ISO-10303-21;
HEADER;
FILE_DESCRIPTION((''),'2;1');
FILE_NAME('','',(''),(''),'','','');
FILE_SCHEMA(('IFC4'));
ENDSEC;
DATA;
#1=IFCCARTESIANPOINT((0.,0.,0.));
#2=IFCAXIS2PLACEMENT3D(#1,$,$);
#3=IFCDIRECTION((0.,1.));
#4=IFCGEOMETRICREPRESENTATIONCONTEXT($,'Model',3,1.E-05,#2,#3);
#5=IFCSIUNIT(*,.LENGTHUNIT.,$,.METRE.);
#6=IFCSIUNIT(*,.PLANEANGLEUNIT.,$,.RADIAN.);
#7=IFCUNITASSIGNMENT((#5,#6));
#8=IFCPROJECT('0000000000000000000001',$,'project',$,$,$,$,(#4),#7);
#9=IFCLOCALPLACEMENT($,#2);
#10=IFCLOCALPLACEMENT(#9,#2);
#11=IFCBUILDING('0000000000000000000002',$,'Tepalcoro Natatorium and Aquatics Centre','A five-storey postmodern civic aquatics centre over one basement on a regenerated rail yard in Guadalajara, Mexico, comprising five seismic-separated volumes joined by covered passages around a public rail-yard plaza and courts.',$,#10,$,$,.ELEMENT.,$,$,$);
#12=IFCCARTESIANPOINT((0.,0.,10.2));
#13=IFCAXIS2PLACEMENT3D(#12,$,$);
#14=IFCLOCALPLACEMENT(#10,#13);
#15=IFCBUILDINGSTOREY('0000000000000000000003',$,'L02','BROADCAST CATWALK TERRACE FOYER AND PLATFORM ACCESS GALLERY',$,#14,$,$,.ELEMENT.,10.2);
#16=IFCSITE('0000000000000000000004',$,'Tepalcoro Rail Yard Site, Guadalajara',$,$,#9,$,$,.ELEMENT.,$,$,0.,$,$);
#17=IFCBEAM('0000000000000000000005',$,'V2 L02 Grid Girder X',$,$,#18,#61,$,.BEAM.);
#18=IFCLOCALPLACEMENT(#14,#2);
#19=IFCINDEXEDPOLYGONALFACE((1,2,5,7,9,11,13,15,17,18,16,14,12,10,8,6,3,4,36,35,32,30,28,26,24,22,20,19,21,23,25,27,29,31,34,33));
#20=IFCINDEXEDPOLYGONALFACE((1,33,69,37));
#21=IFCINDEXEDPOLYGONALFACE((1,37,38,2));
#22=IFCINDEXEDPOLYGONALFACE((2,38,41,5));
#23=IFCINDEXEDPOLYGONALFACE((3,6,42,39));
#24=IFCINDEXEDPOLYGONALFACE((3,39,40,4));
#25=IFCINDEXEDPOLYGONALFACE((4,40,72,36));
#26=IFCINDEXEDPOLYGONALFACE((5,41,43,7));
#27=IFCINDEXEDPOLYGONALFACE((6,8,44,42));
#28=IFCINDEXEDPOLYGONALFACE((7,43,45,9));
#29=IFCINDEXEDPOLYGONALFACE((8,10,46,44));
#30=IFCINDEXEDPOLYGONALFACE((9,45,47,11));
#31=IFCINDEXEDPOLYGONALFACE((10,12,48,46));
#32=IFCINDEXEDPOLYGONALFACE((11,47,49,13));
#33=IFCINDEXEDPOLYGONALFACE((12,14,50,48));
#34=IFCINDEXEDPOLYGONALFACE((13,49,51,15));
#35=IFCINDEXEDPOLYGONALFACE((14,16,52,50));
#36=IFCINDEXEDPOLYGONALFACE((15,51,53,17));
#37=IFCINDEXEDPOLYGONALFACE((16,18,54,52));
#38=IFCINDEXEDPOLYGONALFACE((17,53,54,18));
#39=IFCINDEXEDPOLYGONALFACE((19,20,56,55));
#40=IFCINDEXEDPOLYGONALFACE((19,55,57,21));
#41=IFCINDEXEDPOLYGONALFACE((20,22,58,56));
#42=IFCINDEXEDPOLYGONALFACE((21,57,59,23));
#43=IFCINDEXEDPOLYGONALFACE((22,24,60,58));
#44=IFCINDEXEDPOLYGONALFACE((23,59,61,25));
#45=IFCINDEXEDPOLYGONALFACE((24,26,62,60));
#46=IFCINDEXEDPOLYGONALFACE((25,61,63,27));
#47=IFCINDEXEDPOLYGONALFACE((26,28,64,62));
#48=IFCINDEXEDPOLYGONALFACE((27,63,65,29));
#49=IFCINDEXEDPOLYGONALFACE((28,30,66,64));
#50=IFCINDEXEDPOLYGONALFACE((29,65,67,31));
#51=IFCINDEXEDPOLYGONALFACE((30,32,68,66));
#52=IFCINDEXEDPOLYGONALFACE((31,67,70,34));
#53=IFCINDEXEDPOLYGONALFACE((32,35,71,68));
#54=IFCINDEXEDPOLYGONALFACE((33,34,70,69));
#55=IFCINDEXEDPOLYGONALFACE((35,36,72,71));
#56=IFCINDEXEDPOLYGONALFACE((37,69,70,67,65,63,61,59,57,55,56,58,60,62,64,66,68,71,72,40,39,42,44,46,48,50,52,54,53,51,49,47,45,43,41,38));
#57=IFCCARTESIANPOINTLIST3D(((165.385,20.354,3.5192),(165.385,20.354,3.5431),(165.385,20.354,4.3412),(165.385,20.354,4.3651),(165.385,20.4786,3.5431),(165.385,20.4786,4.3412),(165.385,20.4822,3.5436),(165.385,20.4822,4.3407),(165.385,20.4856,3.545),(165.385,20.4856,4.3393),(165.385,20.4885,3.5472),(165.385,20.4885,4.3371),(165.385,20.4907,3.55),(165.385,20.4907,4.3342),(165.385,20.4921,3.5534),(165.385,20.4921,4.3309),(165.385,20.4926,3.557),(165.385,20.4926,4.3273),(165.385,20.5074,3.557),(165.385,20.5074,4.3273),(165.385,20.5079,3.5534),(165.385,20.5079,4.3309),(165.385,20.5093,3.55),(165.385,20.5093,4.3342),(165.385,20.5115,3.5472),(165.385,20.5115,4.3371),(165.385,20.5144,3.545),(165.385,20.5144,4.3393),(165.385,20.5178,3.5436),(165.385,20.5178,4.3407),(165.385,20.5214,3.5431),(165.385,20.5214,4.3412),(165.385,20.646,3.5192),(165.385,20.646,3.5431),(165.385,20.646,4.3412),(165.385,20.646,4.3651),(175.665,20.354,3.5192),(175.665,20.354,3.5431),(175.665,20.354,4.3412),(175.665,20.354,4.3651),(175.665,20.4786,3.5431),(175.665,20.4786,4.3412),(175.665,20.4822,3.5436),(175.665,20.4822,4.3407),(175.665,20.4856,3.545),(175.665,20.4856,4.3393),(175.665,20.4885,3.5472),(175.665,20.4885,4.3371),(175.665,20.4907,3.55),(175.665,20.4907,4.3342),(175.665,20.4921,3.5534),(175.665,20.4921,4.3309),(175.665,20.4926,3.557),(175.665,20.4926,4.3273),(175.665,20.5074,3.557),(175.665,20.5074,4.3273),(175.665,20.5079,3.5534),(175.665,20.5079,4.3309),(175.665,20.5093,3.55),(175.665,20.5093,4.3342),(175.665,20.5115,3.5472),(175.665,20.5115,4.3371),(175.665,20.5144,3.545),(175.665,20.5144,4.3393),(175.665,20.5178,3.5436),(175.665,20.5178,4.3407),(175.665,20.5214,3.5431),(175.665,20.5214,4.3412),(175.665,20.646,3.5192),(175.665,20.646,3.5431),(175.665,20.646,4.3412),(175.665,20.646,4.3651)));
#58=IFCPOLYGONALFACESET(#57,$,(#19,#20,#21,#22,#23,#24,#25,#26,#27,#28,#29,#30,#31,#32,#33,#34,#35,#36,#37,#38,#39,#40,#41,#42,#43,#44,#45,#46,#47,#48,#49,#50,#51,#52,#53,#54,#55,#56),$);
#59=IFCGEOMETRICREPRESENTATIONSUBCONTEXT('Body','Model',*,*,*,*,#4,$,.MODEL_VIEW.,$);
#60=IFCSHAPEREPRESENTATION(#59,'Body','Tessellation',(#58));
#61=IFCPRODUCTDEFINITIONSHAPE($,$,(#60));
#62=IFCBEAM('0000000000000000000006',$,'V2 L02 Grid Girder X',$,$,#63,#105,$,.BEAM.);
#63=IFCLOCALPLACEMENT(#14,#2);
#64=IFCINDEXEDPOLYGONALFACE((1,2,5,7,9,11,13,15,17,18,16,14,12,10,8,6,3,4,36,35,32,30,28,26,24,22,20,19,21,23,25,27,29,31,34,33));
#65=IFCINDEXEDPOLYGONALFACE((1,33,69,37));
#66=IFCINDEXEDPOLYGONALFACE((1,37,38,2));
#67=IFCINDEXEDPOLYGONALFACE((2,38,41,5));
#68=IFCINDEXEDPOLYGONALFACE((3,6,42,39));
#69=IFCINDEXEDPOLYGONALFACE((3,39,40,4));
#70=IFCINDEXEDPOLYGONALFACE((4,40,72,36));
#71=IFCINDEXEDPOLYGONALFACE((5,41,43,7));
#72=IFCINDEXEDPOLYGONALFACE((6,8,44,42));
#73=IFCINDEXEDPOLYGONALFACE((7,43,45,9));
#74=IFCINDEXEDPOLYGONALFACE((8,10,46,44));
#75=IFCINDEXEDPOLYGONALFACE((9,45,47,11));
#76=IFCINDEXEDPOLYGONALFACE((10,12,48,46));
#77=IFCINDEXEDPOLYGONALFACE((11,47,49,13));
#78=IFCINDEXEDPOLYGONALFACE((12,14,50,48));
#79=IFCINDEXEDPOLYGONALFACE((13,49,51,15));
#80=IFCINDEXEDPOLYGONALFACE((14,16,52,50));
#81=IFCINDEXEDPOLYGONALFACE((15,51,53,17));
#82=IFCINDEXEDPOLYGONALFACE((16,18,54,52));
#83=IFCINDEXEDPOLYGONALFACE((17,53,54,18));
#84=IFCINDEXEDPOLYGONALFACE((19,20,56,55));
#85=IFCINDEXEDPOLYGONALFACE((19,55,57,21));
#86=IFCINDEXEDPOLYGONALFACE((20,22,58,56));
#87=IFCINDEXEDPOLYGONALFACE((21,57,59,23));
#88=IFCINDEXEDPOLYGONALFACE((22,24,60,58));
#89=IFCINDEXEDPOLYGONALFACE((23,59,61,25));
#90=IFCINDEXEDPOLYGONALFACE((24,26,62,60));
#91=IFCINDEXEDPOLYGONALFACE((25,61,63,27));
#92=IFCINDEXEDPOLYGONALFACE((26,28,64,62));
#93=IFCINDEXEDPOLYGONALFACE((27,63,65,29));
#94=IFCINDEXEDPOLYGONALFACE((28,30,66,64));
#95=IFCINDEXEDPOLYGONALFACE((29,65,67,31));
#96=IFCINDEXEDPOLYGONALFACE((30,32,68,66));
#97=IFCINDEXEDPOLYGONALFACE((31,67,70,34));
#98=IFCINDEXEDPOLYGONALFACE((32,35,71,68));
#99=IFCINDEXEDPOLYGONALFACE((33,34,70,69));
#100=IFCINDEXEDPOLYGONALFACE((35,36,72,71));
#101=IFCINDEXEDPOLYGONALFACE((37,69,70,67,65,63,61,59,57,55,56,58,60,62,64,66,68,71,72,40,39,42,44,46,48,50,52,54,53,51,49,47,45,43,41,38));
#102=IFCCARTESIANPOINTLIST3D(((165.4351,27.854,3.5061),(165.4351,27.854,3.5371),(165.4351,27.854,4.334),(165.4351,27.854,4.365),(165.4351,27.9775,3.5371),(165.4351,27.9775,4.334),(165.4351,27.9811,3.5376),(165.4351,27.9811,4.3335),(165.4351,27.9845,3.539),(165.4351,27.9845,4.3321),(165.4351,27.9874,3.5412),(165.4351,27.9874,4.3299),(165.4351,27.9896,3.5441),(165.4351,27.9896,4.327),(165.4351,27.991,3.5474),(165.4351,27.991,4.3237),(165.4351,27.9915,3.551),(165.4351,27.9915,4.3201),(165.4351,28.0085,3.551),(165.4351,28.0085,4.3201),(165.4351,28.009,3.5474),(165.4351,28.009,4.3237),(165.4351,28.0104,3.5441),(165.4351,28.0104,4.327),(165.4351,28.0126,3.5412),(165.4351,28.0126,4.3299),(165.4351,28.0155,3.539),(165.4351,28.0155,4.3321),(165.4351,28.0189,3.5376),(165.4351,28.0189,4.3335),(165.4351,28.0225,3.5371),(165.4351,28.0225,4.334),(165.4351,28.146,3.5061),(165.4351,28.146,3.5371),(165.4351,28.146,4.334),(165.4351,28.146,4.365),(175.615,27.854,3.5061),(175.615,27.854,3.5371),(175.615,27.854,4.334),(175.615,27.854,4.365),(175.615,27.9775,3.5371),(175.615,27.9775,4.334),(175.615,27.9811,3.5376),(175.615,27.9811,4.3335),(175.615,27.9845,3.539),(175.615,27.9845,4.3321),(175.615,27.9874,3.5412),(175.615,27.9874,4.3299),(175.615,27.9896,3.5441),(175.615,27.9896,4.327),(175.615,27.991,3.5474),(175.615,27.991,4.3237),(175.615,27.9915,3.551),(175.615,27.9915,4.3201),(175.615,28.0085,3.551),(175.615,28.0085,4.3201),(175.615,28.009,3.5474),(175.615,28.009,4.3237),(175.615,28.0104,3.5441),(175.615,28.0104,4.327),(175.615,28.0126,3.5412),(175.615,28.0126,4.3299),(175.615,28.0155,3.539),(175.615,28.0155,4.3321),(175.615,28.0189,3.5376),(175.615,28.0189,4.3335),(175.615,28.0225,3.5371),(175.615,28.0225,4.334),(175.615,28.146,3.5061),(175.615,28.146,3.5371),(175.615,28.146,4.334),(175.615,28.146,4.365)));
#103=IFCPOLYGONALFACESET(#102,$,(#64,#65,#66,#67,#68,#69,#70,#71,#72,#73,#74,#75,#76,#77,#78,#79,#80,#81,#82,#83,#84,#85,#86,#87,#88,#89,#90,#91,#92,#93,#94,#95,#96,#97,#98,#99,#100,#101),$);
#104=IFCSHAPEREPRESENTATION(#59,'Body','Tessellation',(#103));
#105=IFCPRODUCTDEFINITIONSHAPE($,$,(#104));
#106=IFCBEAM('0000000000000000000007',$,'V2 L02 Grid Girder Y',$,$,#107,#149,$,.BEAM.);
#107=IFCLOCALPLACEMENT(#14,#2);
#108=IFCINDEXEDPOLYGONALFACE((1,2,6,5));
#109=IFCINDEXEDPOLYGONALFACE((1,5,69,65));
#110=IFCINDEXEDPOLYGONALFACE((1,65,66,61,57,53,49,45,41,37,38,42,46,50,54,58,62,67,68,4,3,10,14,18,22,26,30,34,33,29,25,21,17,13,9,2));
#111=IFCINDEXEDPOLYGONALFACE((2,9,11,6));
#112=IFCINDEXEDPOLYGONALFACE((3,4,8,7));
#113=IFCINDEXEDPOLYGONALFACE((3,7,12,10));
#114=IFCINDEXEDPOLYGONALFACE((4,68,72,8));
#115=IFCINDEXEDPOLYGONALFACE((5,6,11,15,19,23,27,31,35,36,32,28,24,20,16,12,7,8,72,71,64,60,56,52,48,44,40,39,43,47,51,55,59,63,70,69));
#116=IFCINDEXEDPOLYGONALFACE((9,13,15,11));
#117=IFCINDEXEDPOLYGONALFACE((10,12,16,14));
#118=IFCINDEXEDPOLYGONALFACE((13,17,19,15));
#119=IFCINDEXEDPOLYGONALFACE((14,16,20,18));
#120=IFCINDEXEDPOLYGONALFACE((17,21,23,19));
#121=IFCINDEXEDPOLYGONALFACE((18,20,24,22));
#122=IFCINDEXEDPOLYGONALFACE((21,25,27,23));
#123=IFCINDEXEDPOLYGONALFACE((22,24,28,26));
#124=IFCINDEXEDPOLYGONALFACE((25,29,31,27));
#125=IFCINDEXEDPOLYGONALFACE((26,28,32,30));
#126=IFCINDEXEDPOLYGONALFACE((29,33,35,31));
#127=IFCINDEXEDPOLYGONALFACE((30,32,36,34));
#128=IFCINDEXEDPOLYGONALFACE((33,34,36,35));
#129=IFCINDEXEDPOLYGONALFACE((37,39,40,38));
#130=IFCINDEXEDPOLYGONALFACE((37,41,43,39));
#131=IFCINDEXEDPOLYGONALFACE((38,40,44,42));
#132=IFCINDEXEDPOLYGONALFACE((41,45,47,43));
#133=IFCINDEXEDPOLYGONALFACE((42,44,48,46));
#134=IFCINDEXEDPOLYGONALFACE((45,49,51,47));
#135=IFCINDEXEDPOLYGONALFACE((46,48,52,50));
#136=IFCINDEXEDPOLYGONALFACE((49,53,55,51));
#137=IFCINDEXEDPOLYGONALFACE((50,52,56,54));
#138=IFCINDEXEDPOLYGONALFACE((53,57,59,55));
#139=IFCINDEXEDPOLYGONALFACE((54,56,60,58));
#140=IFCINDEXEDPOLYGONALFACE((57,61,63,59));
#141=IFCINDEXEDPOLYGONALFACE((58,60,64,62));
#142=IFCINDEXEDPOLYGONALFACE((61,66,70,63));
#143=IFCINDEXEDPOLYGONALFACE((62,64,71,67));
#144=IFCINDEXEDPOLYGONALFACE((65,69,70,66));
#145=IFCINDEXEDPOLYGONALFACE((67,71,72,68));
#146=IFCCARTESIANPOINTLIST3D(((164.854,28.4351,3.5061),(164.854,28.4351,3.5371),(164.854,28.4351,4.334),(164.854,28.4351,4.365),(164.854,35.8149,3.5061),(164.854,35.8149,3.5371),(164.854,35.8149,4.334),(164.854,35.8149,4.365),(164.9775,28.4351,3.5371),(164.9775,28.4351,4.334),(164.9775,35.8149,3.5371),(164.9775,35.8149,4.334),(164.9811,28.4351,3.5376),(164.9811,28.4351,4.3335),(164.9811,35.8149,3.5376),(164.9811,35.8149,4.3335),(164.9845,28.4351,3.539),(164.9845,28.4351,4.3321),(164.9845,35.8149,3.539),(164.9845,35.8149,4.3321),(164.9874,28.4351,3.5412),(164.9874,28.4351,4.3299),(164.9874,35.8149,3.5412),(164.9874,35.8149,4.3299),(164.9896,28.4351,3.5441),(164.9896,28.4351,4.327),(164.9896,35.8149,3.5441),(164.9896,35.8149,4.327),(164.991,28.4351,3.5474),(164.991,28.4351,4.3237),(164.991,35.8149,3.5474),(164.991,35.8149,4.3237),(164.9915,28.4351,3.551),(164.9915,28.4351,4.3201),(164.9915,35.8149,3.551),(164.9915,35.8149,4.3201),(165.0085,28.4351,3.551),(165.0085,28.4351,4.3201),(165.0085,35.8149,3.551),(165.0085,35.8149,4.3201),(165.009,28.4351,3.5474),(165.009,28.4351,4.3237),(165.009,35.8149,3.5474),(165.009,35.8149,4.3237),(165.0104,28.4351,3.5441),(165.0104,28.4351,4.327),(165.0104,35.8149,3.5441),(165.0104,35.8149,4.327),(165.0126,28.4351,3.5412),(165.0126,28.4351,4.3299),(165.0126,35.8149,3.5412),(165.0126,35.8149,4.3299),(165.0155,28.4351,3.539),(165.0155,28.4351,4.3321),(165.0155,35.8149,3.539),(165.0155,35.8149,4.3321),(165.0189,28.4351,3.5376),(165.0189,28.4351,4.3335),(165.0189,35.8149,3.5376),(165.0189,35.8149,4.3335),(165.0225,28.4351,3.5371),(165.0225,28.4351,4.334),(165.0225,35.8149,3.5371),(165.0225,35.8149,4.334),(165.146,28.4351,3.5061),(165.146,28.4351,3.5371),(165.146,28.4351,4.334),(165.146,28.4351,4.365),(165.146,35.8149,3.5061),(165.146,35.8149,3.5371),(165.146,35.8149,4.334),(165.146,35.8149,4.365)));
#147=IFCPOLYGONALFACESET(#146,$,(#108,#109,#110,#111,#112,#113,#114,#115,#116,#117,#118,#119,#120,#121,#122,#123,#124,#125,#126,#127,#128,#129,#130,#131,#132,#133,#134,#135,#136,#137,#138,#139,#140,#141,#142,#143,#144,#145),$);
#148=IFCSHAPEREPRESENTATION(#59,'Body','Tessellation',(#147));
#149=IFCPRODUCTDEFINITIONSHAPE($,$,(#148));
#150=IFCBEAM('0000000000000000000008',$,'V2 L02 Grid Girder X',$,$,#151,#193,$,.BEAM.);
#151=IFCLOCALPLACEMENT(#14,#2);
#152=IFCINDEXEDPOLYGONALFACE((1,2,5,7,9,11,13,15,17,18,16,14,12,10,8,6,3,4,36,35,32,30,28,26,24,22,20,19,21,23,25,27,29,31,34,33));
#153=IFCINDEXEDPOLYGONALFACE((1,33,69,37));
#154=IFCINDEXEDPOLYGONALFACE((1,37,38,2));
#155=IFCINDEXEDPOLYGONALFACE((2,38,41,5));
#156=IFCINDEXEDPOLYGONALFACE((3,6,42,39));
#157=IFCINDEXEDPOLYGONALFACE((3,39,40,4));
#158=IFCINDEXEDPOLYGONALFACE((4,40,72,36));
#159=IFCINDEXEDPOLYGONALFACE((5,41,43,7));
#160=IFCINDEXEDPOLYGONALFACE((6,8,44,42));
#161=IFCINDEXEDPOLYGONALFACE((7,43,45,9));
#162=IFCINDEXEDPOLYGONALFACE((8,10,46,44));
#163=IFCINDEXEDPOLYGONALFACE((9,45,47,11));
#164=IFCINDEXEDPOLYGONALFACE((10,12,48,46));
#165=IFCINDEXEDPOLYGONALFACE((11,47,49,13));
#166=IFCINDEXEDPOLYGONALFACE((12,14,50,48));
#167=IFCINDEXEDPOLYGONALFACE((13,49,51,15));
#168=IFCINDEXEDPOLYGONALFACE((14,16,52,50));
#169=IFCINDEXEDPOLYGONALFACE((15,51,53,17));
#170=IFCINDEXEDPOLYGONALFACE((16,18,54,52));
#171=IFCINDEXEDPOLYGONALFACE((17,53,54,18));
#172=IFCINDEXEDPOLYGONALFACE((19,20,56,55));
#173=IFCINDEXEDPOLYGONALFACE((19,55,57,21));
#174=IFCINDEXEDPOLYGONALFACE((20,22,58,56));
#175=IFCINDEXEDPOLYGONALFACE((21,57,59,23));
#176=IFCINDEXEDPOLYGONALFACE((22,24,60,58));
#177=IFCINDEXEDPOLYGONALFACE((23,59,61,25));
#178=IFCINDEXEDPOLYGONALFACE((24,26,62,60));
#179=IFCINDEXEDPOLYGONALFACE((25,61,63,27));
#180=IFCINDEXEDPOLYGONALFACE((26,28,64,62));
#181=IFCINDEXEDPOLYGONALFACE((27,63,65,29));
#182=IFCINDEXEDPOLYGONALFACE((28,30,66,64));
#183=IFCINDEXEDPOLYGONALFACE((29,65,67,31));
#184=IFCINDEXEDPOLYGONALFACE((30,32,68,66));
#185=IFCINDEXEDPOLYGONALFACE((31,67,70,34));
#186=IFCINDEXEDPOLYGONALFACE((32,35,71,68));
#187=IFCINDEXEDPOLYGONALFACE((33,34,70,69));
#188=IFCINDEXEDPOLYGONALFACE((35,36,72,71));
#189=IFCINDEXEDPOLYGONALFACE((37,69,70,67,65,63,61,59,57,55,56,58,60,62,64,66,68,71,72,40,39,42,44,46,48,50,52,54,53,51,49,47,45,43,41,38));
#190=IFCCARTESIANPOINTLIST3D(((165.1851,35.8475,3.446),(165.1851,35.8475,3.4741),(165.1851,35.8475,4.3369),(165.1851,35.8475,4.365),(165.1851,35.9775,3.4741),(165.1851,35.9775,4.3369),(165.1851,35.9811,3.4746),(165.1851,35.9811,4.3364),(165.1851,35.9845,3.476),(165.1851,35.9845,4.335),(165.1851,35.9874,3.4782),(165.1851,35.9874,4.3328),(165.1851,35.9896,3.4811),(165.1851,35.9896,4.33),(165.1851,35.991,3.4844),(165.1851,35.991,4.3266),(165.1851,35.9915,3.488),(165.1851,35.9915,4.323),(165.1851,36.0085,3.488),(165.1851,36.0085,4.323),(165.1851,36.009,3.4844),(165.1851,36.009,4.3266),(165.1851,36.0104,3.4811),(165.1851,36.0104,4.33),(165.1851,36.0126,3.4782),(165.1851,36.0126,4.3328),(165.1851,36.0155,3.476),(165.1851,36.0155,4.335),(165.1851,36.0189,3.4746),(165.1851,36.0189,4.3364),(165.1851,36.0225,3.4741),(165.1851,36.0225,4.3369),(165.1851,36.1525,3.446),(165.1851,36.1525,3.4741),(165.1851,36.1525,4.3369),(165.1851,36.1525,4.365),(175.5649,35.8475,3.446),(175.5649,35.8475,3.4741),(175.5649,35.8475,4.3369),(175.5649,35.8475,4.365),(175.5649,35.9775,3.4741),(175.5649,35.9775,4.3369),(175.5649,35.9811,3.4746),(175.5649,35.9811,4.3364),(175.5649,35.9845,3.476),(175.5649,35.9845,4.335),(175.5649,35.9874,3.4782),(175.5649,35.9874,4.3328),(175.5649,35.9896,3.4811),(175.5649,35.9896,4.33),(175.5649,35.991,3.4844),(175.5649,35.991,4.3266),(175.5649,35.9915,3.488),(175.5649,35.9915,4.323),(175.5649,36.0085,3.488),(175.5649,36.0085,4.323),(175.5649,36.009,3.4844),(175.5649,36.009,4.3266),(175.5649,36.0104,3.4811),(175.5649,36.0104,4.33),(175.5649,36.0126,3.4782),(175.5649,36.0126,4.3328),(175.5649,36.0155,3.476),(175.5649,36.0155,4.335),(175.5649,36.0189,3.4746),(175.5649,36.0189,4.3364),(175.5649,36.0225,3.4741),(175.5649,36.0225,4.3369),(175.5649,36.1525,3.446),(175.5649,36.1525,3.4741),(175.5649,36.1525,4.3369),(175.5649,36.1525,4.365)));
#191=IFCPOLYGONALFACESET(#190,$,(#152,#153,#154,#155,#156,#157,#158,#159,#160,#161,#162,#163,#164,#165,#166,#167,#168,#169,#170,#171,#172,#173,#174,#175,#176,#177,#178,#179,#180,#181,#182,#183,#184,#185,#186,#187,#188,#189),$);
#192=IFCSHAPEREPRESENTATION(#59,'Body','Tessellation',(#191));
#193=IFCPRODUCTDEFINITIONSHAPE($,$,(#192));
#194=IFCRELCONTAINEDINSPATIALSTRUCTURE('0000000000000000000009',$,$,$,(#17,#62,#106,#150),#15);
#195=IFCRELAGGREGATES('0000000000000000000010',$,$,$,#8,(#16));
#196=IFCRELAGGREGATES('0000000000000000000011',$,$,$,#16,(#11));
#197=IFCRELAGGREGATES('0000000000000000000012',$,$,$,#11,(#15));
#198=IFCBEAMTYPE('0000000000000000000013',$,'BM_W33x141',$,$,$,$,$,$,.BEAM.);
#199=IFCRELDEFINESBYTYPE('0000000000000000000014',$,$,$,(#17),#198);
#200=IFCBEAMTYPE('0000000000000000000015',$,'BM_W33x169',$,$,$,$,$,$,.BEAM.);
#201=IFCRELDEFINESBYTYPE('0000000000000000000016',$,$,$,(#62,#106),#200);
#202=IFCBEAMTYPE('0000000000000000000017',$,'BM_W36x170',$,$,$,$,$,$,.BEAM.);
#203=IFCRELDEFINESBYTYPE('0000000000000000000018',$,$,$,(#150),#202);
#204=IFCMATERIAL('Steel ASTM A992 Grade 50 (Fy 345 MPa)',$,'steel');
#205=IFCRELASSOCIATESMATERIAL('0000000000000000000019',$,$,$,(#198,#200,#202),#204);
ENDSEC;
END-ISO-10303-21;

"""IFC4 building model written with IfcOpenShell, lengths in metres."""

from ifc_helpers import new_model, si_unit, direction, frame, origin, origin_2d, place, context, subcontext, project, spatial, i_section, extrude, material, material_profile, profile_set, type_object, element, save


model = new_model("IFC4")

# Units and contexts
model_context = context("Model", 3, precision=1e-05, world=origin(), true_north=direction((0.0, 1.0)))
body_context = subcontext(model_context, "Body", "Model", "MODEL_VIEW")
ifc_project = project(units=[si_unit("LENGTHUNIT", "METRE"), si_unit("PLANEANGLEUNIT", "RADIAN")], contexts=[model_context])

# Site, building, storey
site_placement = place(None, origin())
site = spatial("IfcSite", under=ifc_project, at=site_placement, Name="Tepalcoro Rail Yard Site, Guadalajara", CompositionType="ELEMENT", RefElevation=0.0)
building_placement = place(site_placement, origin())
building = spatial("IfcBuilding", under=site, at=building_placement, Name="Tepalcoro Natatorium and Aquatics Centre", Description="A five-storey postmodern civic aquatics centre over one basement on a regenerated rail yard in Guadalajara, Mexico, comprising five seismic-separated volumes joined by covered passages around a public rail-yard plaza and courts.", CompositionType="ELEMENT")
storey_placement = place(building_placement, frame((0.0, 0.0, 10.2)))
storey = spatial("IfcBuildingStorey", under=building, at=storey_placement, Name="L02", Description="BROADCAST CATWALK TERRACE FOYER AND PLATFORM ACCESS GALLERY", CompositionType="ELEMENT", Elevation=10.2)

# Beams
ifc_material_1 = material(Name="Steel ASTM A992 Grade 50 (Fy 345 MPa)", Category="steel")
ifc_material_profile_1 = material_profile(ifc_material_1, i_section(OverallWidth=0.292, OverallDepth=0.8459, WebThickness=0.0149, FlangeThickness=0.0239, FilletRadius=0.0139, at=origin_2d()), Name="W33X141")
ifc_profile_set_1 = profile_set([ifc_material_profile_1], Name="Steel ASTM A992 Grade 50 (Fy 345 MPa)")
beam_type_1 = type_object("IfcBeamType", Name="BM_W33x141", PredefinedType="BEAM", material=ifc_profile_set_1)
beam_1_placement = place(storey_placement, frame((165.385, 20.5, 3.9421), z_axis=(1.0, 0.0, 0.0), x_axis=(0.0, 1.0, 0.0)))
element("IfcBeam", 1, at=beam_1_placement, inside=storey, type_object=beam_type_1, Name="V2 L02 Grid Girder X", PredefinedType="BEAM", context=body_context, shape_type="SweptSolid", body=[
    extrude(i_section(OverallWidth=0.292, OverallDepth=0.8459, WebThickness=0.0149, FlangeThickness=0.0239, FilletRadius=0.0139, at=origin_2d()), origin(), (0.0, 0.0, 1.0), 10.28),
])
ifc_material_profile_2 = material_profile(ifc_material_1, i_section(OverallWidth=0.292, OverallDepth=0.8589, WebThickness=0.0171, FlangeThickness=0.031, FilletRadius=0.0139, at=origin_2d()), Name="W33X169")
ifc_profile_set_2 = profile_set([ifc_material_profile_2], Name="Steel ASTM A992 Grade 50 (Fy 345 MPa)")
beam_type_2 = type_object("IfcBeamType", Name="BM_W33x169", PredefinedType="BEAM", material=ifc_profile_set_2)
beam_2_placement = place(storey_placement, frame((165.4351, 28.0, 3.9355), z_axis=(1.0, 0.0, 0.0), x_axis=(0.0, 1.0, 0.0)))
element("IfcBeam", 2, at=beam_2_placement, inside=storey, type_object=beam_type_2, Name="V2 L02 Grid Girder X", PredefinedType="BEAM", context=body_context, shape_type="SweptSolid", body=[
    extrude(i_section(OverallWidth=0.292, OverallDepth=0.8589, WebThickness=0.0171, FlangeThickness=0.031, FilletRadius=0.0139, at=origin_2d()), origin(), (0.0, 0.0, 1.0), 10.1799),
])
beam_3_placement = place(storey_placement, frame((165.0, 28.4351, 3.9355), z_axis=(0.0, 1.0, 0.0), x_axis=(-1.0, 0.0, 0.0)))
element("IfcBeam", 3, at=beam_3_placement, inside=storey, type_object=beam_type_2, Name="V2 L02 Grid Girder Y", PredefinedType="BEAM", context=body_context, shape_type="SweptSolid", body=[
    extrude(i_section(OverallWidth=0.292, OverallDepth=0.8589, WebThickness=0.0171, FlangeThickness=0.031, FilletRadius=0.0139, at=origin_2d()), origin(), (0.0, 0.0, 1.0), 7.3799),
])
ifc_material_profile_3 = material_profile(ifc_material_1, i_section(OverallWidth=0.3049, OverallDepth=0.9189, WebThickness=0.0171, FlangeThickness=0.0281, FilletRadius=0.0139, at=origin_2d()), Name="W36X170")
ifc_profile_set_3 = profile_set([ifc_material_profile_3], Name="Steel ASTM A992 Grade 50 (Fy 345 MPa)")
beam_type_3 = type_object("IfcBeamType", Name="BM_W36x170", PredefinedType="BEAM", material=ifc_profile_set_3)
beam_4_placement = place(storey_placement, frame((165.1851, 36.0, 3.9055), z_axis=(1.0, 0.0, 0.0), x_axis=(0.0, 1.0, 0.0)))
element("IfcBeam", 4, at=beam_4_placement, inside=storey, type_object=beam_type_3, Name="V2 L02 Grid Girder X", PredefinedType="BEAM", context=body_context, shape_type="SweptSolid", body=[
    extrude(i_section(OverallWidth=0.3049, OverallDepth=0.9189, WebThickness=0.0171, FlangeThickness=0.0281, FilletRadius=0.0139, at=origin_2d()), origin(), (0.0, 0.0, 1.0), 10.3799),
])

save(model, "model.ifc")
